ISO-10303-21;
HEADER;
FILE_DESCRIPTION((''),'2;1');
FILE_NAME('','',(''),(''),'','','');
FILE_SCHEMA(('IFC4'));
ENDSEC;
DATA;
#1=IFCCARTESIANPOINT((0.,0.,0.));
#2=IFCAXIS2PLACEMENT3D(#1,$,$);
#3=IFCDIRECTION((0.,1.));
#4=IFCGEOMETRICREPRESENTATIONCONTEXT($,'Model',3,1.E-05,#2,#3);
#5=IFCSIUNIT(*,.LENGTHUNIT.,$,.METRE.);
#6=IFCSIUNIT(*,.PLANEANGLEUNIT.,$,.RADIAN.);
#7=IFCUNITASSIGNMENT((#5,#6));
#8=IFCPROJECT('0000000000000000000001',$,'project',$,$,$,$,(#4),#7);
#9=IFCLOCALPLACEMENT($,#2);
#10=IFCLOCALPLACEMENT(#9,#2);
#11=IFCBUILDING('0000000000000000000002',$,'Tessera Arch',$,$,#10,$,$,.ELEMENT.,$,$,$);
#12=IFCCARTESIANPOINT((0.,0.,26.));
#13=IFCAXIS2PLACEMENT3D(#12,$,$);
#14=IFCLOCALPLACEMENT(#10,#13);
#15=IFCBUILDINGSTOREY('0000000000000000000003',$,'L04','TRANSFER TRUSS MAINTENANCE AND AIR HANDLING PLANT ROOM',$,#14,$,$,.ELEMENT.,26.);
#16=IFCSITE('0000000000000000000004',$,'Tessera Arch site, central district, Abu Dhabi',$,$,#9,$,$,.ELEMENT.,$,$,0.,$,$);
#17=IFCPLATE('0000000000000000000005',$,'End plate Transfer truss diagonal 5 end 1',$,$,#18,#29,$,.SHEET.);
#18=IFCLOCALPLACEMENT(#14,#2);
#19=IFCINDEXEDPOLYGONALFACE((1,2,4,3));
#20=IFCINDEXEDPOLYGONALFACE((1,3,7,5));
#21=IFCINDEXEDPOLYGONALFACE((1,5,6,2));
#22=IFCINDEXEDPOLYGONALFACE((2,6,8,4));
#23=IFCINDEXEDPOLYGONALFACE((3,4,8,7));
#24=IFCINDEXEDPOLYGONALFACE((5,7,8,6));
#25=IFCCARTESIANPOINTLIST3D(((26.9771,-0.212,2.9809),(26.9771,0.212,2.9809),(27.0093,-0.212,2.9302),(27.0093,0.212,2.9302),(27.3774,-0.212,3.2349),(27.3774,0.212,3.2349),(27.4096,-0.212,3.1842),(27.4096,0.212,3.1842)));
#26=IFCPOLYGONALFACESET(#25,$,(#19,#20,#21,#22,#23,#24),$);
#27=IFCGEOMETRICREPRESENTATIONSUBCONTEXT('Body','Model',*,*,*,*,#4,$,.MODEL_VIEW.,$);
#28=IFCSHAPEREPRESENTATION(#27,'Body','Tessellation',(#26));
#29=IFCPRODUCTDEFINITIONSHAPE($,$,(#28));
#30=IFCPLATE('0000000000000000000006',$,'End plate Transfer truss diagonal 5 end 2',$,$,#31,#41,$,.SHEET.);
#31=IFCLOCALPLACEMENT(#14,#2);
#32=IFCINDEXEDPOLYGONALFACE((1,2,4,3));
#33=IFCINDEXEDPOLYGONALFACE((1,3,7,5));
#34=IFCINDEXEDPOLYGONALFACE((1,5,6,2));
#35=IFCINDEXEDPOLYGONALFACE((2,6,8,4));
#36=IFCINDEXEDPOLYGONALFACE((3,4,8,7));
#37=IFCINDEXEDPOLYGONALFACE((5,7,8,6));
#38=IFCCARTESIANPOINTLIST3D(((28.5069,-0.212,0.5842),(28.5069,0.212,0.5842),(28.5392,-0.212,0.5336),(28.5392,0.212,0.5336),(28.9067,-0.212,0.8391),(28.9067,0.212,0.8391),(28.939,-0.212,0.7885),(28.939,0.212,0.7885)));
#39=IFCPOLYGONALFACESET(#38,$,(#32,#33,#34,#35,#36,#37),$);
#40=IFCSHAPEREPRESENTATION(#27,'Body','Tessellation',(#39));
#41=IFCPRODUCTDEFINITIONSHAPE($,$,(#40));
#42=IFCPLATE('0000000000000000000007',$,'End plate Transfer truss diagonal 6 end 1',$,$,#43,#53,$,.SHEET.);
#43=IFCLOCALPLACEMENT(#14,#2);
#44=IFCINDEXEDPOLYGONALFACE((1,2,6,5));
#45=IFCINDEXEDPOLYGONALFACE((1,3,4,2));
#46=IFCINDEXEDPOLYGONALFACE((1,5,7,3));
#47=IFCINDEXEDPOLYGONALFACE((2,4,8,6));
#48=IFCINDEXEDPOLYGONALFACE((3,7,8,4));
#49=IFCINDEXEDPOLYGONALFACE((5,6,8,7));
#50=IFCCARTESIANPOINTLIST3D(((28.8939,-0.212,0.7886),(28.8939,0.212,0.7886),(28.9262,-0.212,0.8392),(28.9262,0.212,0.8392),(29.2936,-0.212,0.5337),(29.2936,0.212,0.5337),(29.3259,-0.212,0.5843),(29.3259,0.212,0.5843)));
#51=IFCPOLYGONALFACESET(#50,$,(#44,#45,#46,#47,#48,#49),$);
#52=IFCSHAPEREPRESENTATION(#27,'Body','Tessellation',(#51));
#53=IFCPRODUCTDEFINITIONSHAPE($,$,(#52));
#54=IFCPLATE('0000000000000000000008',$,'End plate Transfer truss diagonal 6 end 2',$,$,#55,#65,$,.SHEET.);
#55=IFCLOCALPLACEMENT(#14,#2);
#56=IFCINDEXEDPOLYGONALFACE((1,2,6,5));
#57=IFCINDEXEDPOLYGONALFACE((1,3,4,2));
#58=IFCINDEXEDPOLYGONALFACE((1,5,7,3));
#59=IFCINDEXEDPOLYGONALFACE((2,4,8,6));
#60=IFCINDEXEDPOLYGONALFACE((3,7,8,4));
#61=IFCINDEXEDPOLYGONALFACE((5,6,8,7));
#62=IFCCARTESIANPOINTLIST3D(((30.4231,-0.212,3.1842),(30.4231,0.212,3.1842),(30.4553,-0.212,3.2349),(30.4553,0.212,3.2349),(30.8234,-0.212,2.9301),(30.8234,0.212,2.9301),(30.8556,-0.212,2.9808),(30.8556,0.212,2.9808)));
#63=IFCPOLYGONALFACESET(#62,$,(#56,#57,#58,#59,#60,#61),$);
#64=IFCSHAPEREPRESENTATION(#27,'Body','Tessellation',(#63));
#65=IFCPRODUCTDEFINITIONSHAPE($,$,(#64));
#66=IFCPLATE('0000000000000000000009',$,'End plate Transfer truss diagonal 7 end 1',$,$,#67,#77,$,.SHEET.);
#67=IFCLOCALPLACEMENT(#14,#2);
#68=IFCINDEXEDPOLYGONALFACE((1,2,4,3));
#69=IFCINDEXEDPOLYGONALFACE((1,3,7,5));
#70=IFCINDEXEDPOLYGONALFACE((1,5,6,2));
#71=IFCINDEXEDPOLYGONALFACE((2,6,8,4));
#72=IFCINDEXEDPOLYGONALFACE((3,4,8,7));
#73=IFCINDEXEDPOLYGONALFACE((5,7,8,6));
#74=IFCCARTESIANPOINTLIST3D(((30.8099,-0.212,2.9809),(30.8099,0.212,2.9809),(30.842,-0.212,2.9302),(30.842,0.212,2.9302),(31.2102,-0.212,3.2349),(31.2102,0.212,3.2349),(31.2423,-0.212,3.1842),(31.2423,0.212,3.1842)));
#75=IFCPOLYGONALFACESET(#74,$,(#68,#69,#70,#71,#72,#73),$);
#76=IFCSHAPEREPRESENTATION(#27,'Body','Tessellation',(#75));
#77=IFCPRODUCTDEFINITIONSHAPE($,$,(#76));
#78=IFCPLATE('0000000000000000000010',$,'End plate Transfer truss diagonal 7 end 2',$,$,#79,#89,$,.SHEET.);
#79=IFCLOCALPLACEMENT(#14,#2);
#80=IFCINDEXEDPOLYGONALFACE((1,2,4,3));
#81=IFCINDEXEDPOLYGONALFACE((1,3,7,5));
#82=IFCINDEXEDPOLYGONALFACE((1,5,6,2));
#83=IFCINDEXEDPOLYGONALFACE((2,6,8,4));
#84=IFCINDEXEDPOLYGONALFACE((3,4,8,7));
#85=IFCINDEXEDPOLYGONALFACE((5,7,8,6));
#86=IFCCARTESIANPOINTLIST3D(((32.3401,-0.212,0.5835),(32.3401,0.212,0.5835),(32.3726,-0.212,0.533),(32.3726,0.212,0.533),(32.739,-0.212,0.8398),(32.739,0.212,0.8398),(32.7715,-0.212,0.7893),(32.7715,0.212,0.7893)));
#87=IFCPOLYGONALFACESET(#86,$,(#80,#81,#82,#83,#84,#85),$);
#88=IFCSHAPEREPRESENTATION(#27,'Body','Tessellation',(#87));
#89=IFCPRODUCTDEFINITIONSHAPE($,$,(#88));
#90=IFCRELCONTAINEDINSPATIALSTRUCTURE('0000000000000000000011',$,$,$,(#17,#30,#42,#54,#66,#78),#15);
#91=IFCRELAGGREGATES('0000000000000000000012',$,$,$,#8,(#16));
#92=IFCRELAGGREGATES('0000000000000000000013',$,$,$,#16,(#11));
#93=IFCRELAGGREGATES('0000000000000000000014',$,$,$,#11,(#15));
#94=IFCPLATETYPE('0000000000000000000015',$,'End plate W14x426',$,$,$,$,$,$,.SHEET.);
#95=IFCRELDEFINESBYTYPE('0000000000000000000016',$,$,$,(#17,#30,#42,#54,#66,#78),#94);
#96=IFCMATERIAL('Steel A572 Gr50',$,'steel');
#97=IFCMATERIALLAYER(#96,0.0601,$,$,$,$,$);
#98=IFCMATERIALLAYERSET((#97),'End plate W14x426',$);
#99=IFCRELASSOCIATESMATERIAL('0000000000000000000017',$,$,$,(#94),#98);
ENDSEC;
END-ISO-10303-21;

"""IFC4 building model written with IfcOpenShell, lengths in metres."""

from ifc_helpers import new_model, si_unit, direction, frame, origin, origin_2d, place, context, subcontext, project, spatial, rectangle, extrude, material, layer, layer_set, type_object, element, save


model = new_model("IFC4")

# Units and contexts
model_context = context("Model", 3, precision=1e-05, world=origin(), true_north=direction((0.0, 1.0)))
body_context = subcontext(model_context, "Body", "Model", "MODEL_VIEW")
ifc_project = project(units=[si_unit("LENGTHUNIT", "METRE"), si_unit("PLANEANGLEUNIT", "RADIAN")], contexts=[model_context])

# Site, building, storey
site_placement = place(None, origin())
site = spatial("IfcSite", under=ifc_project, at=site_placement, Name="Tessera Arch site, central district, Abu Dhabi", CompositionType="ELEMENT", RefElevation=0.0)
building_placement = place(site_placement, origin())
building = spatial("IfcBuilding", under=site, at=building_placement, Name="Tessera Arch", CompositionType="ELEMENT")
storey_placement = place(building_placement, frame((0.0, 0.0, 26.0)))
storey = spatial("IfcBuildingStorey", under=building, at=storey_placement, Name="L04", Description="TRANSFER TRUSS MAINTENANCE AND AIR HANDLING PLANT ROOM", CompositionType="ELEMENT", Elevation=26.0)

# Plates
ifc_material_1 = material(Name="Steel A572 Gr50", Category="steel")
ifc_layer_1 = layer(ifc_material_1, 0.0601)
ifc_layer_set_1 = layer_set([ifc_layer_1], Name="End plate W14x426")
plate_type_1 = type_object("IfcPlateType", Name="End plate W14x426", PredefinedType="SHEET", material=ifc_layer_set_1)
for number, where, z_axis, x_axis, name in (
    (1, (27.1772, 0.0, 3.1079), (0.535824, 0.0, -0.844329), (0.0, 1.0, 0.0), "End plate Transfer truss diagonal 5 end 1"),
    (2, (28.7068, 0.0, 0.7117), (0.537666, 0.0, -0.843158), (0.0, 1.0, 0.0), "End plate Transfer truss diagonal 5 end 2"),
    (3, (29.0938, 0.0, 0.6611), (0.537666, 0.0, 0.843158), (0.0, 1.0, 0.0), "End plate Transfer truss diagonal 6 end 1"),
    (4, (30.6233, 0.0, 3.0571), (0.535824, 0.0, 0.844329), (0.0, 1.0, 0.0), "End plate Transfer truss diagonal 6 end 2"),
    (5, (31.01, 0.0, 3.1079), (0.535824, 0.0, -0.844329), (0.0, 1.0, 0.0), "End plate Transfer truss diagonal 7 end 1"),
    (6, (32.5396, 0.0, 0.7117), (0.540552, 0.0, -0.841311), (0.0, 1.0, 0.0), "End plate Transfer truss diagonal 7 end 2"),
):
    element("IfcPlate", number, at=place(storey_placement, frame(where, z_axis=z_axis, x_axis=x_axis)), inside=storey, type_object=plate_type_1, Name=name, PredefinedType="SHEET", context=body_context, shape_type="SweptSolid", body=[
        extrude(rectangle(XDim=0.4241, YDim=0.4741, at=origin_2d()), origin(), (0.0, 0.0, 1.0), 0.0601),
    ])

save(model, "model.ifc")
